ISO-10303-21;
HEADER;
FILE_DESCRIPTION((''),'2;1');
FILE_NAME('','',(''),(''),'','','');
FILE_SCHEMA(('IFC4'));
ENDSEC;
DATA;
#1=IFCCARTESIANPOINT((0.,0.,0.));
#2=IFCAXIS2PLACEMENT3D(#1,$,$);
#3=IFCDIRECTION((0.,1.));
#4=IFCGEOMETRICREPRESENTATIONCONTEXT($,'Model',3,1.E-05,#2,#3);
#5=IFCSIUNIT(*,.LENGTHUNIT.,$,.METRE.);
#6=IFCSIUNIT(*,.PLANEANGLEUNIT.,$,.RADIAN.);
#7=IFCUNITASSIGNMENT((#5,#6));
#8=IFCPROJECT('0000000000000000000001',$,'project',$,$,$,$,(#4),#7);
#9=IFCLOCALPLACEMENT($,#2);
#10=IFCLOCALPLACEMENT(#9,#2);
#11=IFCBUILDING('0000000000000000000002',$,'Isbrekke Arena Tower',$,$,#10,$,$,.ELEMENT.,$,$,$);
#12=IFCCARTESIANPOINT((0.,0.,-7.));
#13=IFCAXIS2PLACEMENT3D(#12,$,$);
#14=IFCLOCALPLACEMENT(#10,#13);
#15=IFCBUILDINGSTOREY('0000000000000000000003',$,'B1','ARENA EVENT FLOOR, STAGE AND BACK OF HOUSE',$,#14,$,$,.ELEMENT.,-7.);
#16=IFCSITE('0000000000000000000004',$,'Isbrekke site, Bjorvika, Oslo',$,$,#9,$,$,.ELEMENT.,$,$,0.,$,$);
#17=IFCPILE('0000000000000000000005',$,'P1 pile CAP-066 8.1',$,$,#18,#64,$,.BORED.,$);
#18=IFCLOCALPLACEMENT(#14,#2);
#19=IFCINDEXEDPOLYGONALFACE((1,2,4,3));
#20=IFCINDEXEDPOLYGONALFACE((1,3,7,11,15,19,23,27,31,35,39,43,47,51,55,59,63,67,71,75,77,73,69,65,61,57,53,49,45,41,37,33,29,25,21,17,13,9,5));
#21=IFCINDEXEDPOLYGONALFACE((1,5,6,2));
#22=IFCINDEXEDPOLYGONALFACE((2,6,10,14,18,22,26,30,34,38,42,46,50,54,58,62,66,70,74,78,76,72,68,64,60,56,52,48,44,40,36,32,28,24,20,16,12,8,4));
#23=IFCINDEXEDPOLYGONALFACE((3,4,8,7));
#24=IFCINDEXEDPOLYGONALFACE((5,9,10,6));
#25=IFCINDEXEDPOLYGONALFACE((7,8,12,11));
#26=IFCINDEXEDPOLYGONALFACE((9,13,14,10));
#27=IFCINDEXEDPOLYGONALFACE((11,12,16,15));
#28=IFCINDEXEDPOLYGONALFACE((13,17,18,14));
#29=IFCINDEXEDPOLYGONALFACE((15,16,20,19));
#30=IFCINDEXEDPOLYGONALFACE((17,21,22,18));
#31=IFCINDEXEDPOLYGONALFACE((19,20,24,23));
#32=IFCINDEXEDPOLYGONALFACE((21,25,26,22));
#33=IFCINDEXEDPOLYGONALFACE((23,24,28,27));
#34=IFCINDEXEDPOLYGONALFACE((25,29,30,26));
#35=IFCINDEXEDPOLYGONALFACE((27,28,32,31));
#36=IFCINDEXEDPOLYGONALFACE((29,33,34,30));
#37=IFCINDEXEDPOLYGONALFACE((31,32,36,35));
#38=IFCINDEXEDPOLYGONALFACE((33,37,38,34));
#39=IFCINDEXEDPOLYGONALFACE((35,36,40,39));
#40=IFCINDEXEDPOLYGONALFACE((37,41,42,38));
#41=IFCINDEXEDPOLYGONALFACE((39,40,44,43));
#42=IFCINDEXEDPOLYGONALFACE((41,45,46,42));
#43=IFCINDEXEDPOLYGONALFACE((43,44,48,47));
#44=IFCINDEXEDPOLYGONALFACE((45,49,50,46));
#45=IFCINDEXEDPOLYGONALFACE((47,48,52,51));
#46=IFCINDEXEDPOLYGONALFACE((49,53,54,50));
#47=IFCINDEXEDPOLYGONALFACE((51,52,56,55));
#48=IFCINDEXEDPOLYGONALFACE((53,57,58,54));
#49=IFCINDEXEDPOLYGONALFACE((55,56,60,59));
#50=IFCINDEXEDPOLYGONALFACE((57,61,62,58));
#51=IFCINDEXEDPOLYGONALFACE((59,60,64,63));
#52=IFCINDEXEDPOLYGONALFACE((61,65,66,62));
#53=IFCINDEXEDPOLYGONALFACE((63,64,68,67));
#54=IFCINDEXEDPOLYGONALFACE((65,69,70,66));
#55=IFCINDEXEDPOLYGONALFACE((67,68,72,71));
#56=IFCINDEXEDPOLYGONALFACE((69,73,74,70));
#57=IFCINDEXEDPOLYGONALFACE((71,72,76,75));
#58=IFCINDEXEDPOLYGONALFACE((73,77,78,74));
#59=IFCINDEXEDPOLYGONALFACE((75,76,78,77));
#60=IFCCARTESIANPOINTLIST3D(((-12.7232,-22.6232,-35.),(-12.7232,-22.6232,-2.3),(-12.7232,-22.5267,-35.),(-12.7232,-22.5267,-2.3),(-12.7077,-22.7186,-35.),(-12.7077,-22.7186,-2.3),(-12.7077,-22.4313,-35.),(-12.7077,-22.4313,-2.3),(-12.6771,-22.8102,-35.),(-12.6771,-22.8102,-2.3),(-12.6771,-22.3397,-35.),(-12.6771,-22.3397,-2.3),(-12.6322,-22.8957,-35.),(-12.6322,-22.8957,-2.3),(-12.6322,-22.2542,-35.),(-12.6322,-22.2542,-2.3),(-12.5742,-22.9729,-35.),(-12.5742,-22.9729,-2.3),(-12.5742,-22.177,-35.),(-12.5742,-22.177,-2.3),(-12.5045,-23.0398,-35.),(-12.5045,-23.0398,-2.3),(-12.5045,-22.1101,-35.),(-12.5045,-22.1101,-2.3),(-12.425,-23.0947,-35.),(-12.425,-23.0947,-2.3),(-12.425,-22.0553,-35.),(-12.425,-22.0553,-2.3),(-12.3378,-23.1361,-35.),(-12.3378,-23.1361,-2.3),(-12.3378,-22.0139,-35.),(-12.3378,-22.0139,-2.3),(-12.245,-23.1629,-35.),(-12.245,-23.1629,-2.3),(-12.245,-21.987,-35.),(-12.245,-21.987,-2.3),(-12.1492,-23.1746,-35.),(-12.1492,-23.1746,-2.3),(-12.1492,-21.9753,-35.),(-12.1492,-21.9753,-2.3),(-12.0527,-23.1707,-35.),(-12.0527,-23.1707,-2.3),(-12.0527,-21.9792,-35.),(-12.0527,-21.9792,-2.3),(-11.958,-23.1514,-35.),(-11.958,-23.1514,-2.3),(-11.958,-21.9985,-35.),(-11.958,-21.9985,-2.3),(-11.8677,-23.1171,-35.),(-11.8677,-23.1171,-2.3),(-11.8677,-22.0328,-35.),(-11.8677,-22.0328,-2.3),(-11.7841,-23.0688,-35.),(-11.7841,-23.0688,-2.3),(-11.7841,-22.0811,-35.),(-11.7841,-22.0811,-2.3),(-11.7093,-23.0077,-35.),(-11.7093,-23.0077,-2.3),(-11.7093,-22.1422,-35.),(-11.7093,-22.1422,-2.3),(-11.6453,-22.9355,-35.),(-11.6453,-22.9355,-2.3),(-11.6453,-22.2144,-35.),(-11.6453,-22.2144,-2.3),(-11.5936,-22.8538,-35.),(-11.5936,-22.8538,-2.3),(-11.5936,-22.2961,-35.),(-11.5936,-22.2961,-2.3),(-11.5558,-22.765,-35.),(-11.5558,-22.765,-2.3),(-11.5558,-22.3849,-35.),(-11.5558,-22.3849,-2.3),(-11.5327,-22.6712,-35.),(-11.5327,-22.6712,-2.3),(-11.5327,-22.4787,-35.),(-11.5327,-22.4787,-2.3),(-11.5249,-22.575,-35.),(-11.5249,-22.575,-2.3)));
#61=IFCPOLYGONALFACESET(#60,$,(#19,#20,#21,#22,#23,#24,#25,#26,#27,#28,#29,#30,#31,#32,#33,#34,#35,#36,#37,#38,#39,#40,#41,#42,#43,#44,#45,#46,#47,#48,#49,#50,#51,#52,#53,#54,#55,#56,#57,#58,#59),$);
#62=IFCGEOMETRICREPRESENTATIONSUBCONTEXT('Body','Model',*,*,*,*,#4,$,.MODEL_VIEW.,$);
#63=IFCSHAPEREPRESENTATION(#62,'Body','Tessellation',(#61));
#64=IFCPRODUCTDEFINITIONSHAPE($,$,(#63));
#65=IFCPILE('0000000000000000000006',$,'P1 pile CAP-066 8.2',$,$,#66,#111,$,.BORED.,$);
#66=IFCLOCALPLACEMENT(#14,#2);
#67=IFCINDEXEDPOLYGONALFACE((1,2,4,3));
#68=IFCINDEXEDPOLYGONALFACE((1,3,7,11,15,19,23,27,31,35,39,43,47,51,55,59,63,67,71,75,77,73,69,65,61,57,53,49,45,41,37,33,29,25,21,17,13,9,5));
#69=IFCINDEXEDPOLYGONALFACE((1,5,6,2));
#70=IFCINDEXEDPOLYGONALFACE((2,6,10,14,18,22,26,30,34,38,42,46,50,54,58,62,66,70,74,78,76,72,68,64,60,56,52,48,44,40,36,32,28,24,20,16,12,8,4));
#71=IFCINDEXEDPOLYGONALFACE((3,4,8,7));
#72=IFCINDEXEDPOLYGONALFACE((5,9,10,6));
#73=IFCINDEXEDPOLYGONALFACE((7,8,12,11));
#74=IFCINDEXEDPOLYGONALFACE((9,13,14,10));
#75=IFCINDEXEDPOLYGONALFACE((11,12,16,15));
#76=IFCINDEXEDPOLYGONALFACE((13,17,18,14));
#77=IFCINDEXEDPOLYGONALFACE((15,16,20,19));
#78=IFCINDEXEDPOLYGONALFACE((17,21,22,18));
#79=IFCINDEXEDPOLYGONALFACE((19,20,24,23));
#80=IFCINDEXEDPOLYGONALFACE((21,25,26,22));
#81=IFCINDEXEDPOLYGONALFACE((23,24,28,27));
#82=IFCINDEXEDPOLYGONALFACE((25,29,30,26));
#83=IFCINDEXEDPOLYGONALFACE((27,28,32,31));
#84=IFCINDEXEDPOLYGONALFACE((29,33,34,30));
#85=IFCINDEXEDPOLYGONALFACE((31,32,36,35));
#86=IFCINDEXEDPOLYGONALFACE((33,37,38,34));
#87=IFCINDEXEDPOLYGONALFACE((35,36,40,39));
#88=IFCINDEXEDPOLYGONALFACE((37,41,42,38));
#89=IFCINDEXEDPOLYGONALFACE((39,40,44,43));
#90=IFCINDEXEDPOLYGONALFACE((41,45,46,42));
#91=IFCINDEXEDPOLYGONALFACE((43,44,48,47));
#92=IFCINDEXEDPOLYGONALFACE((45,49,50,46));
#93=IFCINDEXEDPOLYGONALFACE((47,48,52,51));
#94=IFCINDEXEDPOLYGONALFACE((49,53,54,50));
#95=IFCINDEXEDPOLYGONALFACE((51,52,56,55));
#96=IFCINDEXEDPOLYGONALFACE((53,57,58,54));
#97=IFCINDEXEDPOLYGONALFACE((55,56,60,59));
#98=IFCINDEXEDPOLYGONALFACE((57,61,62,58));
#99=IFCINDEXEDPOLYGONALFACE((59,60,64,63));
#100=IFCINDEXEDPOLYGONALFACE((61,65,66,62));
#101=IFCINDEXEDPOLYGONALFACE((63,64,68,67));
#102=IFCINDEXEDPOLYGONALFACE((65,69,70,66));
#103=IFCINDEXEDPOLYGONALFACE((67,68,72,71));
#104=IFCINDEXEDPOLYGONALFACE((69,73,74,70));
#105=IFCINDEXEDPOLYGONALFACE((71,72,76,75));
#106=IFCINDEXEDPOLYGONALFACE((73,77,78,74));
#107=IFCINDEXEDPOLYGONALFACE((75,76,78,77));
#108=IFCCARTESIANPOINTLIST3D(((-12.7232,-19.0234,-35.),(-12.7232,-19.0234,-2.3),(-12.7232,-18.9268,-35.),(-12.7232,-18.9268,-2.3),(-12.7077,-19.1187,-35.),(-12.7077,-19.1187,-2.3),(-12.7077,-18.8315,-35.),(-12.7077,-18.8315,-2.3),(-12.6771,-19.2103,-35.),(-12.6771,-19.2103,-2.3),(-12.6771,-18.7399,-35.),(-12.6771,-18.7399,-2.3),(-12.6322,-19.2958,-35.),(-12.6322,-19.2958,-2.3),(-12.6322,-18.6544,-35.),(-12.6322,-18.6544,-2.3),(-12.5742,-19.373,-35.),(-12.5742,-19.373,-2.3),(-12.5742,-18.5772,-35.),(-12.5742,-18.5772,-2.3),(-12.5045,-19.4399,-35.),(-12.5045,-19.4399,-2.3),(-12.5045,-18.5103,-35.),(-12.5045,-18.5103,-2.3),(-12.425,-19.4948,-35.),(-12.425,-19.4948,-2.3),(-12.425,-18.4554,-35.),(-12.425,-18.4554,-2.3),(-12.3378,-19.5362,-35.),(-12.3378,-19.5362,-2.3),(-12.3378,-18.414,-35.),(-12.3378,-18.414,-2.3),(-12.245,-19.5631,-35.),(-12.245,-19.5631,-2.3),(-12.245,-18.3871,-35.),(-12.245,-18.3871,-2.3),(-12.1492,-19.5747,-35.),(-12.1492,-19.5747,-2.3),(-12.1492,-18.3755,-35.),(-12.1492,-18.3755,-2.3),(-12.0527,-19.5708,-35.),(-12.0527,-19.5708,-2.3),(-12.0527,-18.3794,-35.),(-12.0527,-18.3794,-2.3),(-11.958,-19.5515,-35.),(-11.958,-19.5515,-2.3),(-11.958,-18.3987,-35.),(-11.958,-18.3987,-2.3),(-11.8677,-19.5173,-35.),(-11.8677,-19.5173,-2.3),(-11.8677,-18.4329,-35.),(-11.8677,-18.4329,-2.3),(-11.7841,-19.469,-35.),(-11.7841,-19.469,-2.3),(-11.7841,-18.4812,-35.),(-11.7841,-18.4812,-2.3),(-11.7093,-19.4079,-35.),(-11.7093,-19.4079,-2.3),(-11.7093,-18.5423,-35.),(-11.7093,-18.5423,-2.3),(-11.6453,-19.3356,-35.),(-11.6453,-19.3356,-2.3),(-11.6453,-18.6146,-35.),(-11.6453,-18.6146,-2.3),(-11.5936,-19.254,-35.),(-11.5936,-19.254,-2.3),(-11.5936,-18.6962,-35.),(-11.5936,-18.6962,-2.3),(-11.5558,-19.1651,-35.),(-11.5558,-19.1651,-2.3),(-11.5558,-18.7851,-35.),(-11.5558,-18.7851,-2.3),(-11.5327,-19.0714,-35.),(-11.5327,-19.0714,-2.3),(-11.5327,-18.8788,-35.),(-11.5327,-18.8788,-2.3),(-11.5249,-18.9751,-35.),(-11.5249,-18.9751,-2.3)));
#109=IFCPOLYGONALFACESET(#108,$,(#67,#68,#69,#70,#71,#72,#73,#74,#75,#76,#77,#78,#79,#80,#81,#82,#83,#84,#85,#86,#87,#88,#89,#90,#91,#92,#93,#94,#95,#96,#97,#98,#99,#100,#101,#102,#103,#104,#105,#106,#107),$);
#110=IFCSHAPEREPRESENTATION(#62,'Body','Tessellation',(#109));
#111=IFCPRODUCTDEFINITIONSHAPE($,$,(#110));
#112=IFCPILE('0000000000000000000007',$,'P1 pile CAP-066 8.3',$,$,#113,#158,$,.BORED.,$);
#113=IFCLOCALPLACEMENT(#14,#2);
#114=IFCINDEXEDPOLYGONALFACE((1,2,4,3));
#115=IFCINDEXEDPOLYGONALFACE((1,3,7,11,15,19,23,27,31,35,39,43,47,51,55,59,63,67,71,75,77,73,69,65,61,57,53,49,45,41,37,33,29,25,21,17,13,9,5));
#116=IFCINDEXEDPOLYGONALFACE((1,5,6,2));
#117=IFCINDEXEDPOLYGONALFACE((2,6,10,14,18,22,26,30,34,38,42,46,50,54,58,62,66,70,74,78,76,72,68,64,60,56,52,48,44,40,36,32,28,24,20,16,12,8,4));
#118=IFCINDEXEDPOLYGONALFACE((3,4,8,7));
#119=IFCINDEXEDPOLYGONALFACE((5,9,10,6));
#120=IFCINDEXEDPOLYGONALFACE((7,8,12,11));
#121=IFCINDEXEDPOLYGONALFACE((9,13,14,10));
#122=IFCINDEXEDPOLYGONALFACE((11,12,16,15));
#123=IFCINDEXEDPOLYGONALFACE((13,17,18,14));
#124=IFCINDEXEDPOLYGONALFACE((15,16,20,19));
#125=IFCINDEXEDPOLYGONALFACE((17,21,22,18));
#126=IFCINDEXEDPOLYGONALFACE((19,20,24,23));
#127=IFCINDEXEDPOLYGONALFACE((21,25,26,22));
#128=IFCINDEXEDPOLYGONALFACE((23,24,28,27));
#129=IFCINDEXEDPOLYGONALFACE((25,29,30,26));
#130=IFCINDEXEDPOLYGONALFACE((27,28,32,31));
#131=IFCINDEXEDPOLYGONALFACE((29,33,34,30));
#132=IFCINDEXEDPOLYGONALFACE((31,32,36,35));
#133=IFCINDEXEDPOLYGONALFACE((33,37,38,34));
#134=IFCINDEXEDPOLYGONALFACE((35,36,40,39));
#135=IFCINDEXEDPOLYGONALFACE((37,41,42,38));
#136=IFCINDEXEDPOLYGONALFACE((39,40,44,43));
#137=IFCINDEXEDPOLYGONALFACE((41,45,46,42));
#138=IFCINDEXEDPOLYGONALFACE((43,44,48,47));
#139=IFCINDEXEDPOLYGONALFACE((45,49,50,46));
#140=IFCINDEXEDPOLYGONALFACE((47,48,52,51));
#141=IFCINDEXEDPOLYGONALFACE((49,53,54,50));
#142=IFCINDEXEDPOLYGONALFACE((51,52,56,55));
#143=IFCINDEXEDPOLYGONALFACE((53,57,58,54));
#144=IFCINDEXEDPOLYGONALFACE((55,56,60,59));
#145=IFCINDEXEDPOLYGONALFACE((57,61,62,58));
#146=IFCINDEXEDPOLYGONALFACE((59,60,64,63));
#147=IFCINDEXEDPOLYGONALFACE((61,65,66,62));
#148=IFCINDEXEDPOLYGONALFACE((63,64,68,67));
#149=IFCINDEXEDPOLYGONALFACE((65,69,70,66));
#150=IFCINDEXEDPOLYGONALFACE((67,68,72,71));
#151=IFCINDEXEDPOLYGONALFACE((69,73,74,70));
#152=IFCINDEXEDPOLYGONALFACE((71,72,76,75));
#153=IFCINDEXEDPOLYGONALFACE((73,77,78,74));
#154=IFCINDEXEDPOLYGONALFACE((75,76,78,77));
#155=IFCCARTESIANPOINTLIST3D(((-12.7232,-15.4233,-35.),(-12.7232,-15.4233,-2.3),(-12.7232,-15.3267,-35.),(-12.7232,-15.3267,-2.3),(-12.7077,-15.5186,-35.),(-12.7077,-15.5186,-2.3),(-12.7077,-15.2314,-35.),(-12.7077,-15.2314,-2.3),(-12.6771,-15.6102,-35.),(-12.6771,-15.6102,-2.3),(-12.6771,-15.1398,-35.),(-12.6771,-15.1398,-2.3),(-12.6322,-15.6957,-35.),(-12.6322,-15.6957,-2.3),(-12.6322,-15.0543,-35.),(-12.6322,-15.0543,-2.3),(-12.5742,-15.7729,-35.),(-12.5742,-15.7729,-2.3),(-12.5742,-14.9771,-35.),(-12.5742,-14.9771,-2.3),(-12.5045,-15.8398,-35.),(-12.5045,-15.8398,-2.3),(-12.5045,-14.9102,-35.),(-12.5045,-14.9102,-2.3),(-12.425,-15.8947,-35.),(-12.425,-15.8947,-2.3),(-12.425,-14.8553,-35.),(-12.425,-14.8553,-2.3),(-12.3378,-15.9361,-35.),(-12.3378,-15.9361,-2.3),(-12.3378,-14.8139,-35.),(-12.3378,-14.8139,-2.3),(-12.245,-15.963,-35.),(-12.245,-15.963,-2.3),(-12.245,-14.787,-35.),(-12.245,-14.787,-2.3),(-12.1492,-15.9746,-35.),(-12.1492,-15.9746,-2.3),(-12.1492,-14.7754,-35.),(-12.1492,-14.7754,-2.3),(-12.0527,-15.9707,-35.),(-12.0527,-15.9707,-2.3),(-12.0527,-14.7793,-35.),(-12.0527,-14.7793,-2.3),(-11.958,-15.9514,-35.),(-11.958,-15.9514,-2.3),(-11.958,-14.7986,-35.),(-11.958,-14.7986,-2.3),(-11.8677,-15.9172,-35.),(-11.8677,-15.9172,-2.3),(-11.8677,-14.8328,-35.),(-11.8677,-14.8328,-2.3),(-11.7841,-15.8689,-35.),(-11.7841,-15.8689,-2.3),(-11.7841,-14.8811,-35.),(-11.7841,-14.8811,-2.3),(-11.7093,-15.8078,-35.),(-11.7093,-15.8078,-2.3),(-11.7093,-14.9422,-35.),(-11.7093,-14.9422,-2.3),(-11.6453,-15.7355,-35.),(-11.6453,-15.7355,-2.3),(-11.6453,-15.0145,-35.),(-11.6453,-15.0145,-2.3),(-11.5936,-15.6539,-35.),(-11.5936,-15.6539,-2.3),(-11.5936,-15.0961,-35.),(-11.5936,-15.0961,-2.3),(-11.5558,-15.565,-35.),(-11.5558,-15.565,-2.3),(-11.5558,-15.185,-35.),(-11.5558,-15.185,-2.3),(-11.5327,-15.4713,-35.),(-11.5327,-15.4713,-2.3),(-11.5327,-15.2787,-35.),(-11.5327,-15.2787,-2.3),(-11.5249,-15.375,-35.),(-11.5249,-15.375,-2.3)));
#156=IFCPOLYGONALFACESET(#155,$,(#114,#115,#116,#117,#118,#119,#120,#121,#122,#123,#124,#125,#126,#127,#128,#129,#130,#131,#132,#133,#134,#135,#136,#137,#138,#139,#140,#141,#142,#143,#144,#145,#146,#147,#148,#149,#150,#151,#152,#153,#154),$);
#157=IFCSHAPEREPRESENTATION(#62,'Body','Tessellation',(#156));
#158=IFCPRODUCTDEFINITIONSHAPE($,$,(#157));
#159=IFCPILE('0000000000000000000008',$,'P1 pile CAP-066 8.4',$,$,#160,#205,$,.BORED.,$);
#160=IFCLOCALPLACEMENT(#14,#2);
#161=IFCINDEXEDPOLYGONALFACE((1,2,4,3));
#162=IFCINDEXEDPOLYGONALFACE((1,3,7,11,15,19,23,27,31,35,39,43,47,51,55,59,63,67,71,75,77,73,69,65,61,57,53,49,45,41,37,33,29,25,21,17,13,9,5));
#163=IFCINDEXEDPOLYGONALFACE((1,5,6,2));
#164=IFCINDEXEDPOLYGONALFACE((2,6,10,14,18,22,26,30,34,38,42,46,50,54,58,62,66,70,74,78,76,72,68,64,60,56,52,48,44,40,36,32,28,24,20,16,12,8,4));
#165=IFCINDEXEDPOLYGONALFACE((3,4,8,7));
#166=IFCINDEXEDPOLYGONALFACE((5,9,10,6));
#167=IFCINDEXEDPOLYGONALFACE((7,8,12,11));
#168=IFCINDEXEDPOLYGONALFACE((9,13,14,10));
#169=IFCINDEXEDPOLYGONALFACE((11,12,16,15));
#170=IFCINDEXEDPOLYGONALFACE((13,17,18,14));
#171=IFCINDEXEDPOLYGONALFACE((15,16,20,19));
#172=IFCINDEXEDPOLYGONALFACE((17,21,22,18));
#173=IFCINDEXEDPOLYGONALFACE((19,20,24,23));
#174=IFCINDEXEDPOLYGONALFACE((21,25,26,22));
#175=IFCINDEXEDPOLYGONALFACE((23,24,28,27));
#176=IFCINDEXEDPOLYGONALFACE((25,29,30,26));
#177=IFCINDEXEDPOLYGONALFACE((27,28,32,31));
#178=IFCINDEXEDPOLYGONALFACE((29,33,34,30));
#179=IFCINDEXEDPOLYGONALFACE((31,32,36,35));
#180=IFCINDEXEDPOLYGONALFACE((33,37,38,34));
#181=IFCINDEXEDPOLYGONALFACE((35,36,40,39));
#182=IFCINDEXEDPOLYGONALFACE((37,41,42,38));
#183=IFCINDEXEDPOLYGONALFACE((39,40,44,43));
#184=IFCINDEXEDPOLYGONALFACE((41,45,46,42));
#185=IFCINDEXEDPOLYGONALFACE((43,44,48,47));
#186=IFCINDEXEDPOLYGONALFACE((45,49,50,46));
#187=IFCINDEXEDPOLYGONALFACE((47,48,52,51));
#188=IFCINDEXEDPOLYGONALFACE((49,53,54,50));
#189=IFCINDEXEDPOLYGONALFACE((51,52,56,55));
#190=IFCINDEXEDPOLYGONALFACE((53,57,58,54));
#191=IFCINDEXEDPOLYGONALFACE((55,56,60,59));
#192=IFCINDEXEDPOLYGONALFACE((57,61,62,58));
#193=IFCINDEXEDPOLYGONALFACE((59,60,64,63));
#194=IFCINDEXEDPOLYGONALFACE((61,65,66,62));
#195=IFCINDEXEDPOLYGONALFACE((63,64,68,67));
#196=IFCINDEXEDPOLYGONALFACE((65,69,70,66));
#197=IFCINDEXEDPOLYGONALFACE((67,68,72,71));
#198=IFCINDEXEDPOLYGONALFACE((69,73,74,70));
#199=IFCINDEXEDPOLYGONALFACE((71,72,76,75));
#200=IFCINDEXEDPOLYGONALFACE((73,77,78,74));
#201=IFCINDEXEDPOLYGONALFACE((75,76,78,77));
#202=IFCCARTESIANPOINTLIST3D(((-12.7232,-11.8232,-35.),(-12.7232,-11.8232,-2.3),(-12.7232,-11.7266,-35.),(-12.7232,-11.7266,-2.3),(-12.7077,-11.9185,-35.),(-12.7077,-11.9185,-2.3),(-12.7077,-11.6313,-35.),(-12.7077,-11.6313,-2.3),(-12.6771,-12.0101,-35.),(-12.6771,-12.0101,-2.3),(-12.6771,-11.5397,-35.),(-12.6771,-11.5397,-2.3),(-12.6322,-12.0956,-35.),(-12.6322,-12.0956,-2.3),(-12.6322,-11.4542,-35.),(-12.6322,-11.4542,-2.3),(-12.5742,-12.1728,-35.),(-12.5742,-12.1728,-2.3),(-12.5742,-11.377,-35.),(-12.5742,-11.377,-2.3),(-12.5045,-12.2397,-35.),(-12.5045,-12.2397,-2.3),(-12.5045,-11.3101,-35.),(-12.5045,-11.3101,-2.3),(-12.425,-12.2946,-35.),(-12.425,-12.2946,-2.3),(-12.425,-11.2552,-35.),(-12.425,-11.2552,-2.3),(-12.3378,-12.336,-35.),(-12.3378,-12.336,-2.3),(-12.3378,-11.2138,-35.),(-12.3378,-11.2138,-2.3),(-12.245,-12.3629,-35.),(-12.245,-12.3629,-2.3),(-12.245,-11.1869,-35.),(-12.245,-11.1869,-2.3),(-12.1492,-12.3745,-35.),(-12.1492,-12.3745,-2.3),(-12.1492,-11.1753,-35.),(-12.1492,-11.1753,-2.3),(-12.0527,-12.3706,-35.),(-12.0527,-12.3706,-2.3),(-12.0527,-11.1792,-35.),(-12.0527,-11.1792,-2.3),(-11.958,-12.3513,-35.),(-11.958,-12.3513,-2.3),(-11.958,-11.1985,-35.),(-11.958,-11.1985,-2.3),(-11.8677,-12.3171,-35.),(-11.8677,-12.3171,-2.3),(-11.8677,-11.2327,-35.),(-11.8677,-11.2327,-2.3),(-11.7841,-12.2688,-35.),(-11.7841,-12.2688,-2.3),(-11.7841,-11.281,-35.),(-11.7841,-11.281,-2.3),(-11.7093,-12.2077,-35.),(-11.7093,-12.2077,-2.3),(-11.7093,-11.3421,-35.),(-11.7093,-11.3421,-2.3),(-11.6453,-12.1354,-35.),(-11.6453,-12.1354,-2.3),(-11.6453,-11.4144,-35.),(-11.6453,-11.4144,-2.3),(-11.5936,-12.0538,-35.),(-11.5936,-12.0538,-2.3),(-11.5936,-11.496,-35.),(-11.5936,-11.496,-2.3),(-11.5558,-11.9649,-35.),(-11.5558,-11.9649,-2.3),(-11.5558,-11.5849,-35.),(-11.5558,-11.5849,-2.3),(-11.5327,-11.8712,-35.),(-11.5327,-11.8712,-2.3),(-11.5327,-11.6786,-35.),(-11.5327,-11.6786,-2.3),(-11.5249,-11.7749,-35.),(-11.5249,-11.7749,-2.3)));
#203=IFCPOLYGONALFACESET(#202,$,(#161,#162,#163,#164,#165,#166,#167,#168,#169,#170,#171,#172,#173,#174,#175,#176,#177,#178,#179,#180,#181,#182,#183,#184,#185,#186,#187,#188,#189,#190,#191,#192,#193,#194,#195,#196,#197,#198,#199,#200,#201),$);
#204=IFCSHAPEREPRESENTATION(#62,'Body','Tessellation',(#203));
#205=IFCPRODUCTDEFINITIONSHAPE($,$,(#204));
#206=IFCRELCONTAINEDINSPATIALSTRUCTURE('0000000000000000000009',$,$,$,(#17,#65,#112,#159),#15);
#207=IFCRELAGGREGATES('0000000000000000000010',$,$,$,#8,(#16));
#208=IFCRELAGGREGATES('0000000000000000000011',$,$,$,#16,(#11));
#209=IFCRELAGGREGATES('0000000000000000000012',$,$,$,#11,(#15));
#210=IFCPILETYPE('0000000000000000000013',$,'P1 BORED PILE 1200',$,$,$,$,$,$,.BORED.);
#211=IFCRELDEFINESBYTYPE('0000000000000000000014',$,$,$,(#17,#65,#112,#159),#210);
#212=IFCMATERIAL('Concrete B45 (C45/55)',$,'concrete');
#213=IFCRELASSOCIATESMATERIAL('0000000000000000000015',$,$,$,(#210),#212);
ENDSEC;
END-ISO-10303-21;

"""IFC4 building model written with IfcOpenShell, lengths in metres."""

from ifc_helpers import new_model, si_unit, direction, frame, origin, origin_2d, place, context, subcontext, project, spatial, circle, extrude, material, material_profile, profile_set, type_object, element, save


model = new_model("IFC4")

# Units and contexts
model_context = context("Model", 3, precision=1e-05, world=origin(), true_north=direction((0.0, 1.0)))
body_context = subcontext(model_context, "Body", "Model", "MODEL_VIEW")
ifc_project = project(units=[si_unit("LENGTHUNIT", "METRE"), si_unit("PLANEANGLEUNIT", "RADIAN")], contexts=[model_context])

# Site, building, storey
site_placement = place(None, origin())
site = spatial("IfcSite", under=ifc_project, at=site_placement, Name="Isbrekke site, Bjorvika, Oslo", CompositionType="ELEMENT", RefElevation=0.0)
building_placement = place(site_placement, origin())
building = spatial("IfcBuilding", under=site, at=building_placement, Name="Isbrekke Arena Tower", CompositionType="ELEMENT")
storey_placement = place(building_placement, frame((0.0, 0.0, -7.0)))
storey = spatial("IfcBuildingStorey", under=building, at=storey_placement, Name="B1", Description="ARENA EVENT FLOOR, STAGE AND BACK OF HOUSE", CompositionType="ELEMENT", Elevation=-7.0)

# Piles
ifc_material_1 = material(Name="Concrete B45 (C45/55)", Category="concrete")
ifc_material_profile_1 = material_profile(ifc_material_1, circle(Radius=0.6001, at=origin_2d()), Name="BORED PILE D1200")
ifc_profile_set_1 = profile_set([ifc_material_profile_1], Name="Concrete B45 (C45/55)")
pile_type = type_object("IfcPileType", Name="P1 BORED PILE 1200", PredefinedType="BORED", material=ifc_profile_set_1)
for number, where, z_axis, x_axis, name in (
    (1, (-12.125, -22.575, -2.3), (0.0, 0.0, -1.0), (1.0, 0.0, 0.0), "P1 pile CAP-066 8.1"),
    (2, (-12.125, -18.9751, -2.3), (0.0, 0.0, -1.0), (1.0, 0.0, 0.0), "P1 pile CAP-066 8.2"),
    (3, (-12.125, -15.375, -2.3), (0.0, 0.0, -1.0), (1.0, 0.0, 0.0), "P1 pile CAP-066 8.3"),
    (4, (-12.125, -11.7749, -2.3), (0.0, 0.0, -1.0), (1.0, 0.0, 0.0), "P1 pile CAP-066 8.4"),
):
    element("IfcPile", number, at=place(storey_placement, frame(where, z_axis=z_axis, x_axis=x_axis)), inside=storey, type_object=pile_type, Name=name, PredefinedType="BORED", context=body_context, shape_type="SweptSolid", body=[
        extrude(circle(Radius=0.6001, at=origin_2d()), origin(), (0.0, 0.0, 1.0), 32.7),
    ])

save(model, "model.ifc")
